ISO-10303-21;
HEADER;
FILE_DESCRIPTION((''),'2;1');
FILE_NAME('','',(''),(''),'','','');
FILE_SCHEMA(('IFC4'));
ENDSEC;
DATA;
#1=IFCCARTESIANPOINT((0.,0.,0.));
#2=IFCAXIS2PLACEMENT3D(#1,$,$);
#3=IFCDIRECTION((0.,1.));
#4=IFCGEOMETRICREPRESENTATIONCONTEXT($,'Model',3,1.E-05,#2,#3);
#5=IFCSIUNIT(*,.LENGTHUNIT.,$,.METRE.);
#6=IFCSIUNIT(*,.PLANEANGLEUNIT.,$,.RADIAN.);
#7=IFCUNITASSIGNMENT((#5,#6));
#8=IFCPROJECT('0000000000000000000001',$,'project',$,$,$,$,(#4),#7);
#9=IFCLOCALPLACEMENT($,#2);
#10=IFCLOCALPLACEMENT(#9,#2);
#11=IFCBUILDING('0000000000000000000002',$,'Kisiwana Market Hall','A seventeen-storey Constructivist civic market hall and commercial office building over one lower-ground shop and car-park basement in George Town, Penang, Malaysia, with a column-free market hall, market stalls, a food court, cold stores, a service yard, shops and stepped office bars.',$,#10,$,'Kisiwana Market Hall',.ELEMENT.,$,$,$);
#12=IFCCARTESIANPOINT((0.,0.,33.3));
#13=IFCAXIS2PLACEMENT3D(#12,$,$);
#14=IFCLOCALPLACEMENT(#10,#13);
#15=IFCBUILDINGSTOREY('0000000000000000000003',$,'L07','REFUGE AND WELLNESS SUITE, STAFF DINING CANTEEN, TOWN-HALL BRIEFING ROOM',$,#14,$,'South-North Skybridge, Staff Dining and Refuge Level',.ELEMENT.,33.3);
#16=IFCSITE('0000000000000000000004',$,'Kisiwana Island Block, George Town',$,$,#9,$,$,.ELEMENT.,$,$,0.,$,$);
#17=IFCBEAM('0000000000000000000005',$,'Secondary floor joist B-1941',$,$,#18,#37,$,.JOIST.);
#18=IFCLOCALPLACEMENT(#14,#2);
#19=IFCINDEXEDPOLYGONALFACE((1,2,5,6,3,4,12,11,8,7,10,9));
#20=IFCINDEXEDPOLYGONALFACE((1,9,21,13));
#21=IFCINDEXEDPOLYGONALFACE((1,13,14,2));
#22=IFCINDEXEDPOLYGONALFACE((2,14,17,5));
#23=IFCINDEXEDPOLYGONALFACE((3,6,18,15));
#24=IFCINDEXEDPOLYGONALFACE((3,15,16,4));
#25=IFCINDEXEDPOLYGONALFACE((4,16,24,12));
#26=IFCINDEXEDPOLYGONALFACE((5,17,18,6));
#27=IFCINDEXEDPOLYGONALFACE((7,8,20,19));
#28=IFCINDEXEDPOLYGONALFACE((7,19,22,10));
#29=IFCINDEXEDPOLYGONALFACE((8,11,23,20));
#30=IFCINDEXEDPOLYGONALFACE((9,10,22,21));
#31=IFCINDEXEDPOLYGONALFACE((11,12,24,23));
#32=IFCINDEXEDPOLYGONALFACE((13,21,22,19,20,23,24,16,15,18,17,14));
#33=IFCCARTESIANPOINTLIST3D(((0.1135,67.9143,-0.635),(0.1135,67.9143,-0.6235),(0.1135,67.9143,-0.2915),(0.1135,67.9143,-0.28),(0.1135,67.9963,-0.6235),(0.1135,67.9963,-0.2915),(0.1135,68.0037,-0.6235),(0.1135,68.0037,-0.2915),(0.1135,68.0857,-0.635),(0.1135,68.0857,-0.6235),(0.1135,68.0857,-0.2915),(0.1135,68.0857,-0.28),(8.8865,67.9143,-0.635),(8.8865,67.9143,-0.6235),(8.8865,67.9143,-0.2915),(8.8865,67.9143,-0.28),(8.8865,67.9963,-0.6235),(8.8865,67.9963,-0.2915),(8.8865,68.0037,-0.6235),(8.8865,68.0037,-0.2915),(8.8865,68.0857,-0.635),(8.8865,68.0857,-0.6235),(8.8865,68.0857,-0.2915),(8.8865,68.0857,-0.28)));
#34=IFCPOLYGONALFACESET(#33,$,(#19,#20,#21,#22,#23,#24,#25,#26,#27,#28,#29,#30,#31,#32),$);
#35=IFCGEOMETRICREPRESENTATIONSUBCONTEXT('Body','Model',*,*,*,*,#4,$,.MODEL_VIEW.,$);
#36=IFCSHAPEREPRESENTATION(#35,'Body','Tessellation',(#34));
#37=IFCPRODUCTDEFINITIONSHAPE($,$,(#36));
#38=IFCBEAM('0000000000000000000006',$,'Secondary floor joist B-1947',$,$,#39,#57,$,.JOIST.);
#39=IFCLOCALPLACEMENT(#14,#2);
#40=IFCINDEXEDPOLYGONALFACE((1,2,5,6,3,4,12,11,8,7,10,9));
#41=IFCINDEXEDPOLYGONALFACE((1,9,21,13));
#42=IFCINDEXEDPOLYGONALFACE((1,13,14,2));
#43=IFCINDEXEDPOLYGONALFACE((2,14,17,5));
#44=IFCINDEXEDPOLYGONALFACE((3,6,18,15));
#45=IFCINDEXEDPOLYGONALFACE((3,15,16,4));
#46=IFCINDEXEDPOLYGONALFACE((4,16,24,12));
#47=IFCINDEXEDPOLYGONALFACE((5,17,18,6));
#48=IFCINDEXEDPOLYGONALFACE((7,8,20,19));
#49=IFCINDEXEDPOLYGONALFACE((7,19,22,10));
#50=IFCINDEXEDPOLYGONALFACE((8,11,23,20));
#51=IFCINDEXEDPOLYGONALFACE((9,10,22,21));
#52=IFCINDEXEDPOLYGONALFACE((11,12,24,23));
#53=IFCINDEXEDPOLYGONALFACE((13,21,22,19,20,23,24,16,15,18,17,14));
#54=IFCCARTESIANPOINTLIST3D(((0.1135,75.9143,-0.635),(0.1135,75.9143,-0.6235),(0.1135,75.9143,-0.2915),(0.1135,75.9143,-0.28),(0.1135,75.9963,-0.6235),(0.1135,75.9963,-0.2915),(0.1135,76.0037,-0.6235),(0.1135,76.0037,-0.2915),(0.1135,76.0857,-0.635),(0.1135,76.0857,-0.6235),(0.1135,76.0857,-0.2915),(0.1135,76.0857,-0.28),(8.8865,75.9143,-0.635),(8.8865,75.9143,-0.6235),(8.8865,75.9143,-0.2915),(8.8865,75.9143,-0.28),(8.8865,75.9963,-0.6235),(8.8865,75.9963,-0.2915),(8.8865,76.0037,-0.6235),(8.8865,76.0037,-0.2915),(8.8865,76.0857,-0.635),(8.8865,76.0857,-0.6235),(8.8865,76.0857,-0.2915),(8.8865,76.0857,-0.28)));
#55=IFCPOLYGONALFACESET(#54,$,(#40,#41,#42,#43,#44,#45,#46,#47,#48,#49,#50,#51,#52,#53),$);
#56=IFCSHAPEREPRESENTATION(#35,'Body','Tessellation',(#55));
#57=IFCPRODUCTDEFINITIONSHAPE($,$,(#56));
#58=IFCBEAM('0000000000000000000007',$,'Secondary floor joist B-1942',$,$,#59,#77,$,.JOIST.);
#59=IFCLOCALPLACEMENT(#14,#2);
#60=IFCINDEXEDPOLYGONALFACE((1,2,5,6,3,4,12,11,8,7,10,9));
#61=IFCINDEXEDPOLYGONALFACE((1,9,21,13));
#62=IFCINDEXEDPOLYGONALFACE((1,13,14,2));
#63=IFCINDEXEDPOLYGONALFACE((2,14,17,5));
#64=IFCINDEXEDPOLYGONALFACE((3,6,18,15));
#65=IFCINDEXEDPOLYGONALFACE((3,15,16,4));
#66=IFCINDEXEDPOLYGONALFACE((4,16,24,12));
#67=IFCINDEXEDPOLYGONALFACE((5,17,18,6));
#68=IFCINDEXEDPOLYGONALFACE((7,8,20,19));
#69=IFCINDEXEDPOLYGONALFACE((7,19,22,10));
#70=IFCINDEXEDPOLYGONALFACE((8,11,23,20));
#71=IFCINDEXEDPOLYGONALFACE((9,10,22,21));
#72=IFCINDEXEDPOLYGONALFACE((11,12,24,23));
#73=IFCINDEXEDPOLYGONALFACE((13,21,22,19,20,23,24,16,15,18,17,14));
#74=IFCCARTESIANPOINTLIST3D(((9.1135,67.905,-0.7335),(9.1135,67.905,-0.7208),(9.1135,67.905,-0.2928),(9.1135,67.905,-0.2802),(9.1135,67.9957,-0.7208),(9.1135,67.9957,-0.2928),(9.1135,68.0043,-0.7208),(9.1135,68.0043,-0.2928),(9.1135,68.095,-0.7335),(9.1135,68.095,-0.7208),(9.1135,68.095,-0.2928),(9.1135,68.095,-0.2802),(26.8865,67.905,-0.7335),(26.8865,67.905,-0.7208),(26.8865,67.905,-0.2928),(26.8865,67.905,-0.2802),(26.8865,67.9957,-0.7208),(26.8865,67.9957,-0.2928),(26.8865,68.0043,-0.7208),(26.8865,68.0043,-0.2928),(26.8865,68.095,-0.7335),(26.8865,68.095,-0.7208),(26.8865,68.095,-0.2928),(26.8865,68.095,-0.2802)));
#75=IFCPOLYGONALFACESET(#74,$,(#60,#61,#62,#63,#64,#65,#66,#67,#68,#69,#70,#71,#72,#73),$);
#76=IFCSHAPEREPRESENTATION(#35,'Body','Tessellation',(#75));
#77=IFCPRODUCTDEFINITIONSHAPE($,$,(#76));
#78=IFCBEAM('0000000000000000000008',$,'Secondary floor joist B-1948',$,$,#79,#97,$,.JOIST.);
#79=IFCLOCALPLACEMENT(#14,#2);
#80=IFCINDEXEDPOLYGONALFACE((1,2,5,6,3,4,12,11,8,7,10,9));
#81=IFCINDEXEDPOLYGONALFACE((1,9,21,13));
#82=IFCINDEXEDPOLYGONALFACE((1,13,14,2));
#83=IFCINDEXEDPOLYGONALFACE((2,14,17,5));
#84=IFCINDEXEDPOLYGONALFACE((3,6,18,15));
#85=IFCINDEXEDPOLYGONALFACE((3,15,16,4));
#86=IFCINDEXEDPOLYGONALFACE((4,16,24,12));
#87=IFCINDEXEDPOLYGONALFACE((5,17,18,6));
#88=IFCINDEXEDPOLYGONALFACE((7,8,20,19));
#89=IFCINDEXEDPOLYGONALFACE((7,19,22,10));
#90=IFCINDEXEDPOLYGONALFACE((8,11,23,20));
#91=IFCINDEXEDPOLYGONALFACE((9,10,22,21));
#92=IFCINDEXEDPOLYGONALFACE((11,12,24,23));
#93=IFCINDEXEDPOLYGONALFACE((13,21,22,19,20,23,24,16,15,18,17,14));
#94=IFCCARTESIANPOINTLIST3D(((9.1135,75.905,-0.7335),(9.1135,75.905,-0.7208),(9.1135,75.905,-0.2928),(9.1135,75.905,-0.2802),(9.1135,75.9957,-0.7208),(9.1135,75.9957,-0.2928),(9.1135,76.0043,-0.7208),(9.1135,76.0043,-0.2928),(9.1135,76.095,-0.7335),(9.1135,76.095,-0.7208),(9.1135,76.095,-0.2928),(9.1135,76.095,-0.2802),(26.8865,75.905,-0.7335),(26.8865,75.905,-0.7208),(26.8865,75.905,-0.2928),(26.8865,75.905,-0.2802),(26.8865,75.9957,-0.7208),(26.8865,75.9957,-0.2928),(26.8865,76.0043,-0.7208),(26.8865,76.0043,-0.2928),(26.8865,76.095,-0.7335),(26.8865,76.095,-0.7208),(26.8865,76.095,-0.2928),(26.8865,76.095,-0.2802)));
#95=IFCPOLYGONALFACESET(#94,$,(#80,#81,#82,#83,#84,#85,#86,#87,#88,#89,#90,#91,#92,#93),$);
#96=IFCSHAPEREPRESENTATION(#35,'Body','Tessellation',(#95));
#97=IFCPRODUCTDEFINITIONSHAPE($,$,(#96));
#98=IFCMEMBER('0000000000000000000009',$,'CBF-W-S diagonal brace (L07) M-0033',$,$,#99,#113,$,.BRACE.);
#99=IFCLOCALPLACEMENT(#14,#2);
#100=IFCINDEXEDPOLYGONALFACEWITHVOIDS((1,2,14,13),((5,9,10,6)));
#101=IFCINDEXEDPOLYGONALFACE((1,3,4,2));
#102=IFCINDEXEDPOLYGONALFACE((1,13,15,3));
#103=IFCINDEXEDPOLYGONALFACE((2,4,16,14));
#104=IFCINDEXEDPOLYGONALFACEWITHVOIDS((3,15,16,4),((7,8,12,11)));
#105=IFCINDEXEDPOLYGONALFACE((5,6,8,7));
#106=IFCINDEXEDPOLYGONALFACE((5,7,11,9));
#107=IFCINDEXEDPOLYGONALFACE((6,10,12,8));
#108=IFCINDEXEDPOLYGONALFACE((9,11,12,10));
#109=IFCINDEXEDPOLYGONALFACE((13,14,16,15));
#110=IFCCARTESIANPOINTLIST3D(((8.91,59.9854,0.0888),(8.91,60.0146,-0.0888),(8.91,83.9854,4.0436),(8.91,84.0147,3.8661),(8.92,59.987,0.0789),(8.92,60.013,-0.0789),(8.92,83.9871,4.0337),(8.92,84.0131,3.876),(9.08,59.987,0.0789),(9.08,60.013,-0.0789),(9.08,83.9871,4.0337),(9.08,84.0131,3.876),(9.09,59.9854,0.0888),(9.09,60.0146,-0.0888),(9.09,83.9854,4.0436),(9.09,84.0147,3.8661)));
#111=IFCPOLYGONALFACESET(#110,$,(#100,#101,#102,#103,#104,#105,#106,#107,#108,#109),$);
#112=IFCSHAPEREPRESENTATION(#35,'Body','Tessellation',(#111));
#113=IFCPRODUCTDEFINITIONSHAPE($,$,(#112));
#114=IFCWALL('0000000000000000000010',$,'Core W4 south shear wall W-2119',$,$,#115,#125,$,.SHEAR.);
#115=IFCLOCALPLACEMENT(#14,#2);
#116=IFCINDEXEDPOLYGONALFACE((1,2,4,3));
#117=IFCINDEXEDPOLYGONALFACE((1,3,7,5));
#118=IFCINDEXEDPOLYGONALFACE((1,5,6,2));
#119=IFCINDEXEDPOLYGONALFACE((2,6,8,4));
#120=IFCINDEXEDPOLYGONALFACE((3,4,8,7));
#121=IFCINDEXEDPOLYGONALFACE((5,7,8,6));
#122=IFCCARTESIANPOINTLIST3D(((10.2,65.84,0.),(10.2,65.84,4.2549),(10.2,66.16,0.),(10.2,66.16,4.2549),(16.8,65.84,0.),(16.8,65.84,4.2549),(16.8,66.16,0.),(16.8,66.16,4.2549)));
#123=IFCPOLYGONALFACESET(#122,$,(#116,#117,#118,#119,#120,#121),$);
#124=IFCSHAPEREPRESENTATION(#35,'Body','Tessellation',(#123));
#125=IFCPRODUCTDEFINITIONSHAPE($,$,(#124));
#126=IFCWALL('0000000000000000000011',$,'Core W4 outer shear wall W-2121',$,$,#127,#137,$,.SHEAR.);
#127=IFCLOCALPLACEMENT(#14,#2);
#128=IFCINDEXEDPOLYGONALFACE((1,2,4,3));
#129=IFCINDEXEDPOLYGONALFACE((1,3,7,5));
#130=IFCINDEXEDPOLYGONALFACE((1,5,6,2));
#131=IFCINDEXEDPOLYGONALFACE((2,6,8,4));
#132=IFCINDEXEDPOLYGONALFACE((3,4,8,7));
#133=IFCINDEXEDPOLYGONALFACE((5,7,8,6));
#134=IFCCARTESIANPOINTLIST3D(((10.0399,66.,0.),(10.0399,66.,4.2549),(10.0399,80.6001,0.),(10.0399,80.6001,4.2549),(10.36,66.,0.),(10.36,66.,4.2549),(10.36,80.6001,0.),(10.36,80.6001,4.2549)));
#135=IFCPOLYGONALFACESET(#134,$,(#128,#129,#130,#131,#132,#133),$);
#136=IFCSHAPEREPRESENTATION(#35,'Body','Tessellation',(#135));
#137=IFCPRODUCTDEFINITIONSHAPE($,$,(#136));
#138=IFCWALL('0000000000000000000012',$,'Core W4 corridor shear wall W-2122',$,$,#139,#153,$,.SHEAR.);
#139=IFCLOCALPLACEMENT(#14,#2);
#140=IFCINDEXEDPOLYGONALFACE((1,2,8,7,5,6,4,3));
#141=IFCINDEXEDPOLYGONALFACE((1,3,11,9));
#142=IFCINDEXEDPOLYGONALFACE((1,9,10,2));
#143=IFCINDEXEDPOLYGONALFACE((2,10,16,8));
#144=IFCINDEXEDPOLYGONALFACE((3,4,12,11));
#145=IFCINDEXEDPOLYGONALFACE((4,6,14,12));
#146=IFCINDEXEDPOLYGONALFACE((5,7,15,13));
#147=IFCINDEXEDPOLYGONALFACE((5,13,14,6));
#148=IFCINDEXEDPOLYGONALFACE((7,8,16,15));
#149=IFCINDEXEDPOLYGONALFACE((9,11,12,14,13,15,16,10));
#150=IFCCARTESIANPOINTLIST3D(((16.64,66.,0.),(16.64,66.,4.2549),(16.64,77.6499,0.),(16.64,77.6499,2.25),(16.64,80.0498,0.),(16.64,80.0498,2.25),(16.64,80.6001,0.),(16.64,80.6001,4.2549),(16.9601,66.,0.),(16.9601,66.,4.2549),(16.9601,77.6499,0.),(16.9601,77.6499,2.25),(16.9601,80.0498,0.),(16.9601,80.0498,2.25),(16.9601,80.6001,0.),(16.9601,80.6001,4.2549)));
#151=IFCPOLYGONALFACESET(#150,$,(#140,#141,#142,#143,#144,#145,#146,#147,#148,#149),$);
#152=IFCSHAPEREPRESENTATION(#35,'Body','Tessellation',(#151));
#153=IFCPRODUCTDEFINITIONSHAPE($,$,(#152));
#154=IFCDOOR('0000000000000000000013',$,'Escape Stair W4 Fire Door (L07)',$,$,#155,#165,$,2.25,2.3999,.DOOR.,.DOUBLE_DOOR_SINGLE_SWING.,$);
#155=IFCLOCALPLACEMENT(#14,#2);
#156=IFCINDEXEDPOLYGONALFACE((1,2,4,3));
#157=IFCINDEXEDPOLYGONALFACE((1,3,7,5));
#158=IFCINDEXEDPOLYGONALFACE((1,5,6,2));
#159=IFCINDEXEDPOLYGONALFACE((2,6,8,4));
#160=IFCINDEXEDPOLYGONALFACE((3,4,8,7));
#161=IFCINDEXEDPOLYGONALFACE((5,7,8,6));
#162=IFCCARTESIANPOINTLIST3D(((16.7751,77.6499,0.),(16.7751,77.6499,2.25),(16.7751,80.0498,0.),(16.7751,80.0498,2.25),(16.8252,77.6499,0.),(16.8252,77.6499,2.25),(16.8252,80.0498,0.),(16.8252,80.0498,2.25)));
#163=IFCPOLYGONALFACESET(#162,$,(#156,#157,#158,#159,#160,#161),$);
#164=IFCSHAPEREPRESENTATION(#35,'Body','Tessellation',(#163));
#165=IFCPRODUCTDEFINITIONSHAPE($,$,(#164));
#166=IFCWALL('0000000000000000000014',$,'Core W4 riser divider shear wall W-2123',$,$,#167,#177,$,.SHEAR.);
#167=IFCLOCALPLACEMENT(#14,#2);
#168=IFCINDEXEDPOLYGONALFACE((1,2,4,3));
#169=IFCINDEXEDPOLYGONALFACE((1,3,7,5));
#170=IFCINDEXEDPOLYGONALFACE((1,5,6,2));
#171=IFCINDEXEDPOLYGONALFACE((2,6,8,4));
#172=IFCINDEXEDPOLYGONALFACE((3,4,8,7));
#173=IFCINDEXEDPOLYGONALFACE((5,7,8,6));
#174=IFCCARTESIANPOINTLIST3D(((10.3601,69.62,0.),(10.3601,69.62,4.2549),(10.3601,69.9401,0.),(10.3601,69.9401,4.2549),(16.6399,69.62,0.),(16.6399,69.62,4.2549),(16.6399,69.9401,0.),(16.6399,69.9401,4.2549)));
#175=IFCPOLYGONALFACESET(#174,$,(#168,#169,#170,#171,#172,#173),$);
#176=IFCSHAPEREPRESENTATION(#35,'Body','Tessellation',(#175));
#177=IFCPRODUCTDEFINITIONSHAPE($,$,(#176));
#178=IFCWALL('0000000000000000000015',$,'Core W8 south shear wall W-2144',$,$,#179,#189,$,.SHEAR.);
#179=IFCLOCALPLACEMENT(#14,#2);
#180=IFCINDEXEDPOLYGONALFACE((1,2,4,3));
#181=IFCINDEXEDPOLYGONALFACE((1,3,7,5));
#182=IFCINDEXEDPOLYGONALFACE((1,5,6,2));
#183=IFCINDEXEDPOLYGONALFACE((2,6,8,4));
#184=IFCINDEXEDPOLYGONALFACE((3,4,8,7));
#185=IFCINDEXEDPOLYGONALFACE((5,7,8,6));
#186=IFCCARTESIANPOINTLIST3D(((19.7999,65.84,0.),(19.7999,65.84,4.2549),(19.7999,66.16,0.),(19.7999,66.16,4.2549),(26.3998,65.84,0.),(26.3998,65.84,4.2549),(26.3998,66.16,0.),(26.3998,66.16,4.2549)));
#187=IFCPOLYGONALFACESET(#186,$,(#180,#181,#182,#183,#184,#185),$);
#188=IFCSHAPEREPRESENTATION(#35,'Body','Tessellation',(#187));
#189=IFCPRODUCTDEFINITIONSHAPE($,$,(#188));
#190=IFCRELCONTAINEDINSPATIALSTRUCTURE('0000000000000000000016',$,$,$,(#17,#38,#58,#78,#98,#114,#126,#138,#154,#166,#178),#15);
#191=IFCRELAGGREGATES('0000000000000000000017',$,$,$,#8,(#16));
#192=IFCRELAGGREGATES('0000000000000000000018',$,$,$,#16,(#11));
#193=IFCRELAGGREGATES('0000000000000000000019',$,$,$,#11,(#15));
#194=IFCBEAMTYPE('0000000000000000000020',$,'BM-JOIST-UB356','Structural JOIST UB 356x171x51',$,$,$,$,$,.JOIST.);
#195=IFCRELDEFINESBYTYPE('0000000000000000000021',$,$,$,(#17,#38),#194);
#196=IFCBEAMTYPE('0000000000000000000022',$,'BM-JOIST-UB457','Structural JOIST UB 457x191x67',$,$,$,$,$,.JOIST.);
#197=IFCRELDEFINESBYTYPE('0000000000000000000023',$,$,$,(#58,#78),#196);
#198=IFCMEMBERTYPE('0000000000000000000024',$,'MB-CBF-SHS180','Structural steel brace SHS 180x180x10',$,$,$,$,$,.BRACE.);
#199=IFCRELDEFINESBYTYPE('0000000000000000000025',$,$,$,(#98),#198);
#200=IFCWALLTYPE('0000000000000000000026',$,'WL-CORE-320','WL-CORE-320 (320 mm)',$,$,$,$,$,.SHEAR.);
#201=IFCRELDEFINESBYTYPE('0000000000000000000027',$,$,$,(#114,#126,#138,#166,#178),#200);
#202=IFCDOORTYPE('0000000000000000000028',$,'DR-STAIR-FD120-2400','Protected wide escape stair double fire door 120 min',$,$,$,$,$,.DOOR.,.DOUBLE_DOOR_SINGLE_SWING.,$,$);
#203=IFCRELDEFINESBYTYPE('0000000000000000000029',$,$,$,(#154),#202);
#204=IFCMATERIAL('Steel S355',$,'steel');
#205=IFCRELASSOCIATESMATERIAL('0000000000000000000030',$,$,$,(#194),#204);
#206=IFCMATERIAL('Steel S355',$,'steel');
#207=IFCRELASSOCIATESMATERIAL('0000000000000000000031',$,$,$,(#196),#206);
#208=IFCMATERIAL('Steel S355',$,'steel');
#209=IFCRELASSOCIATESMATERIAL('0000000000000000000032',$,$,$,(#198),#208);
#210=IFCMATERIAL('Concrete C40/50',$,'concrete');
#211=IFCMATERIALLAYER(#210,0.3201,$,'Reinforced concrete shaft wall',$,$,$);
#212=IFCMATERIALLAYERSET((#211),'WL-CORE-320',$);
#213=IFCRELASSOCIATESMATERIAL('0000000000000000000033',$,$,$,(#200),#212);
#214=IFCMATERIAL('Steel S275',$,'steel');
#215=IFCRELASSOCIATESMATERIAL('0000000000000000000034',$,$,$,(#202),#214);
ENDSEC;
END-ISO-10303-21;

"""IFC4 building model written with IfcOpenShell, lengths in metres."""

from ifc_helpers import new_model, si_unit, direction, frame, frame_2d, origin, origin_2d, place, context, subcontext, project, spatial, rectangle, hollow_rectangle, i_section, extrude, material, layer, layer_set, material_profile, profile_set, type_object, element, fill, save


model = new_model("IFC4")

# Units and contexts
model_context = context("Model", 3, precision=1e-05, world=origin(), true_north=direction((0.0, 1.0)))
body_context = subcontext(model_context, "Body", "Model", "MODEL_VIEW")
ifc_project = project(units=[si_unit("LENGTHUNIT", "METRE"), si_unit("PLANEANGLEUNIT", "RADIAN")], contexts=[model_context])

# Site, building, storey
site_placement = place(None, origin())
site = spatial("IfcSite", under=ifc_project, at=site_placement, Name="Kisiwana Island Block, George Town", CompositionType="ELEMENT", RefElevation=0.0)
building_placement = place(site_placement, origin())
building = spatial("IfcBuilding", under=site, at=building_placement, Name="Kisiwana Market Hall", Description="A seventeen-storey Constructivist civic market hall and commercial office building over one lower-ground shop and car-park basement in George Town, Penang, Malaysia, with a column-free market hall, market stalls, a food court, cold stores, a service yard, shops and stepped office bars.", LongName="Kisiwana Market Hall", CompositionType="ELEMENT")
storey_placement = place(building_placement, frame((0.0, 0.0, 33.3)))
storey = spatial("IfcBuildingStorey", under=building, at=storey_placement, Name="L07", Description="REFUGE AND WELLNESS SUITE, STAFF DINING CANTEEN, TOWN-HALL BRIEFING ROOM", LongName="South-North Skybridge, Staff Dining and Refuge Level", CompositionType="ELEMENT", Elevation=33.3)

# Beams
ifc_material_1 = material(Name="Steel S355", Category="steel")
ifc_material_profile_1 = material_profile(ifc_material_1, i_section(OverallWidth=0.1714, OverallDepth=0.355, WebThickness=0.0073, FlangeThickness=0.0115, at=origin_2d()), Name="UB 356x171x51")
ifc_profile_set_1 = profile_set([ifc_material_profile_1], Name="Steel S355")
beam_type_1 = type_object("IfcBeamType", Name="BM-JOIST-UB356", Description="Structural JOIST UB 356x171x51", PredefinedType="JOIST", material=ifc_profile_set_1)
for number, where, z_axis, x_axis, name in (
    (1, (0.1135, 68.0, -0.4575), (1.0, 0.0, 0.0), (0.0, 1.0, 0.0), "Secondary floor joist B-1941"),
    (2, (0.1135, 76.0, -0.4575), (1.0, 0.0, 0.0), (0.0, 1.0, 0.0), "Secondary floor joist B-1947"),
):
    element("IfcBeam", number, at=place(storey_placement, frame(where, z_axis=z_axis, x_axis=x_axis)), inside=storey, type_object=beam_type_1, Name=name, PredefinedType="JOIST", context=body_context, shape_type="SweptSolid", body=[
        extrude(i_section(OverallWidth=0.1714, OverallDepth=0.355, WebThickness=0.0073, FlangeThickness=0.0115, at=origin_2d()), origin(), (0.0, 0.0, 1.0), 8.7729),
    ])
ifc_material_2 = material(Name="Steel S355", Category="steel")
ifc_material_profile_2 = material_profile(ifc_material_2, i_section(OverallWidth=0.1899, OverallDepth=0.4534, WebThickness=0.0085, FlangeThickness=0.0127, at=origin_2d()), Name="UB 457x191x67")
ifc_profile_set_2 = profile_set([ifc_material_profile_2], Name="Steel S355")
beam_type_2 = type_object("IfcBeamType", Name="BM-JOIST-UB457", Description="Structural JOIST UB 457x191x67", PredefinedType="JOIST", material=ifc_profile_set_2)
for number, where, z_axis, x_axis, name in (
    (3, (9.1135, 68.0, -0.5068), (1.0, 0.0, 0.0), (0.0, 1.0, 0.0), "Secondary floor joist B-1942"),
    (4, (9.1135, 76.0, -0.5068), (1.0, 0.0, 0.0), (0.0, 1.0, 0.0), "Secondary floor joist B-1948"),
):
    element("IfcBeam", number, at=place(storey_placement, frame(where, z_axis=z_axis, x_axis=x_axis)), inside=storey, type_object=beam_type_2, Name=name, PredefinedType="JOIST", context=body_context, shape_type="SweptSolid", body=[
        extrude(i_section(OverallWidth=0.1899, OverallDepth=0.4534, WebThickness=0.0085, FlangeThickness=0.0127, at=origin_2d()), origin(), (0.0, 0.0, 1.0), 17.7729),
    ])

# Member
ifc_material_3 = material(Name="Steel S355", Category="steel")
ifc_material_profile_3 = material_profile(ifc_material_3, hollow_rectangle(XDim=0.1799, YDim=0.1799, WallThickness=0.01, at=origin_2d()), Name="SHS 180x180x10")
ifc_profile_set_3 = profile_set([ifc_material_profile_3], Name="Steel S355")
member_type = type_object("IfcMemberType", Name="MB-CBF-SHS180", Description="Structural steel brace SHS 180x180x10", PredefinedType="BRACE", material=ifc_profile_set_3)
member_placement = place(storey_placement, frame((9.0, 60.0, 0.0), z_axis=(0.0, 0.986693, 0.162592), x_axis=(-1.0, 0.0, 0.0)))
element("IfcMember", 5, at=member_placement, inside=storey, type_object=member_type, Name="CBF-W-S diagonal brace (L07) M-0033", PredefinedType="BRACE", context=body_context, shape_type="SweptSolid", body=[
    extrude(hollow_rectangle(XDim=0.1799, YDim=0.1799, WallThickness=0.01, at=origin_2d()), origin(), (0.0, 0.0, 1.0), 24.3237),
])

# Walls
ifc_material_4 = material(Name="Concrete C40/50", Category="concrete")
ifc_layer_1 = layer(ifc_material_4, 0.3201, Name="Reinforced concrete shaft wall")
ifc_layer_set_1 = layer_set([ifc_layer_1], Name="WL-CORE-320")
wall_type_1 = type_object("IfcWallType", Name="WL-CORE-320", Description="WL-CORE-320 (320 mm)", PredefinedType="SHEAR", material=ifc_layer_set_1)
wall_1_placement = place(storey_placement, frame((10.2, 66.0, 0.0), z_axis=(0.0, 0.0, 1.0), x_axis=(1.0, 0.0, 0.0)))
element("IfcWall", 6, at=wall_1_placement, inside=storey, type_object=wall_type_1, Name="Core W4 south shear wall W-2119", PredefinedType="SHEAR", context=body_context, shape_type="SweptSolid", body=[
    extrude(rectangle(XDim=6.6001, YDim=0.3201, at=frame_2d((3.3, 0.0))), origin(), (0.0, 0.0, 1.0), 4.2549),
])
wall_2_placement = place(storey_placement, frame((10.2, 66.0, 0.0), z_axis=(0.0, 0.0, 1.0), x_axis=(0.0, 1.0, 0.0)))
element("IfcWall", 7, at=wall_2_placement, inside=storey, type_object=wall_type_1, Name="Core W4 outer shear wall W-2121", PredefinedType="SHEAR", context=body_context, shape_type="SweptSolid", body=[
    extrude(rectangle(XDim=14.6001, YDim=0.3201, at=frame_2d((7.3, 0.0))), origin(), (0.0, 0.0, 1.0), 4.2549),
])

# Wall, opening, door
wall_3_placement = place(storey_placement, frame((16.8, 66.0, 0.0), z_axis=(0.0, 0.0, 1.0), x_axis=(0.0, 1.0, 0.0)))
wall_3 = element("IfcWall", 8, at=wall_3_placement, inside=storey, type_object=wall_type_1, Name="Core W4 corridor shear wall W-2122", PredefinedType="SHEAR", context=body_context, shape_type="SweptSolid", body=[
    extrude(rectangle(XDim=14.6001, YDim=0.3201, at=frame_2d((7.3, 0.0))), origin(), (0.0, 0.0, 1.0), 4.2549),
])
opening_1_placement = place(wall_3_placement, frame((11.6499, 0.0, 0.0)))
opening_1 = element("IfcOpeningElement", 9, at=opening_1_placement, cuts=wall_3, PredefinedType="OPENING", context=body_context, shape_type="SweptSolid", body=[
    extrude(rectangle(XDim=2.3999, YDim=2.25, at=frame_2d((1.2, 1.125))), frame((0.0, 0.1719, 0.0), z_axis=(0.0, -1.0, 0.0), x_axis=(1.0, 0.0, 0.0)), (0.0, 0.0, 1.0), 0.344),
])
ifc_material_5 = material(Name="Steel S275", Category="steel")
door_type = type_object("IfcDoorType", Name="DR-STAIR-FD120-2400", Description="Protected wide escape stair double fire door 120 min", OperationType="DOUBLE_DOOR_SINGLE_SWING", PredefinedType="DOOR", material=ifc_material_5)
door_1_placement = place(opening_1_placement, origin())
door_1 = element("IfcDoor", 10, at=door_1_placement, inside=storey, type_object=door_type, Name="Escape Stair W4 Fire Door (L07)", OperationType="DOUBLE_DOOR_SINGLE_SWING", OverallHeight=2.25, OverallWidth=2.3999, PredefinedType="DOOR", context=body_context, shape_type="SweptSolid", body=[
    extrude(rectangle(XDim=2.3999, YDim=2.25, at=frame_2d((1.2, 1.125))), frame((0.0, 0.0249, 0.0), z_axis=(0.0, -1.0, 0.0), x_axis=(1.0, 0.0, 0.0)), (0.0, 0.0, 1.0), 0.05),
])
fill(opening_1, door_1)

# Walls
wall_4_placement = place(storey_placement, frame((10.3601, 69.78, 0.0), z_axis=(0.0, 0.0, 1.0), x_axis=(1.0, 0.0, 0.0)))
element("IfcWall", 11, at=wall_4_placement, inside=storey, type_object=wall_type_1, Name="Core W4 riser divider shear wall W-2123", PredefinedType="SHEAR", context=body_context, shape_type="SweptSolid", body=[
    extrude(rectangle(XDim=6.2798, YDim=0.3201, at=frame_2d((3.1399, 0.0))), origin(), (0.0, 0.0, 1.0), 4.2549),
])
wall_5_placement = place(storey_placement, frame((19.8, 66.0, 0.0), z_axis=(0.0, 0.0, 1.0), x_axis=(1.0, 0.0, 0.0)))
element("IfcWall", 12, at=wall_5_placement, inside=storey, type_object=wall_type_1, Name="Core W8 south shear wall W-2144", PredefinedType="SHEAR", context=body_context, shape_type="SweptSolid", body=[
    extrude(rectangle(XDim=6.5999, YDim=0.3201, at=frame_2d((3.2998, 0.0))), origin(), (0.0, 0.0, 1.0), 4.2549),
])

save(model, "model.ifc")
